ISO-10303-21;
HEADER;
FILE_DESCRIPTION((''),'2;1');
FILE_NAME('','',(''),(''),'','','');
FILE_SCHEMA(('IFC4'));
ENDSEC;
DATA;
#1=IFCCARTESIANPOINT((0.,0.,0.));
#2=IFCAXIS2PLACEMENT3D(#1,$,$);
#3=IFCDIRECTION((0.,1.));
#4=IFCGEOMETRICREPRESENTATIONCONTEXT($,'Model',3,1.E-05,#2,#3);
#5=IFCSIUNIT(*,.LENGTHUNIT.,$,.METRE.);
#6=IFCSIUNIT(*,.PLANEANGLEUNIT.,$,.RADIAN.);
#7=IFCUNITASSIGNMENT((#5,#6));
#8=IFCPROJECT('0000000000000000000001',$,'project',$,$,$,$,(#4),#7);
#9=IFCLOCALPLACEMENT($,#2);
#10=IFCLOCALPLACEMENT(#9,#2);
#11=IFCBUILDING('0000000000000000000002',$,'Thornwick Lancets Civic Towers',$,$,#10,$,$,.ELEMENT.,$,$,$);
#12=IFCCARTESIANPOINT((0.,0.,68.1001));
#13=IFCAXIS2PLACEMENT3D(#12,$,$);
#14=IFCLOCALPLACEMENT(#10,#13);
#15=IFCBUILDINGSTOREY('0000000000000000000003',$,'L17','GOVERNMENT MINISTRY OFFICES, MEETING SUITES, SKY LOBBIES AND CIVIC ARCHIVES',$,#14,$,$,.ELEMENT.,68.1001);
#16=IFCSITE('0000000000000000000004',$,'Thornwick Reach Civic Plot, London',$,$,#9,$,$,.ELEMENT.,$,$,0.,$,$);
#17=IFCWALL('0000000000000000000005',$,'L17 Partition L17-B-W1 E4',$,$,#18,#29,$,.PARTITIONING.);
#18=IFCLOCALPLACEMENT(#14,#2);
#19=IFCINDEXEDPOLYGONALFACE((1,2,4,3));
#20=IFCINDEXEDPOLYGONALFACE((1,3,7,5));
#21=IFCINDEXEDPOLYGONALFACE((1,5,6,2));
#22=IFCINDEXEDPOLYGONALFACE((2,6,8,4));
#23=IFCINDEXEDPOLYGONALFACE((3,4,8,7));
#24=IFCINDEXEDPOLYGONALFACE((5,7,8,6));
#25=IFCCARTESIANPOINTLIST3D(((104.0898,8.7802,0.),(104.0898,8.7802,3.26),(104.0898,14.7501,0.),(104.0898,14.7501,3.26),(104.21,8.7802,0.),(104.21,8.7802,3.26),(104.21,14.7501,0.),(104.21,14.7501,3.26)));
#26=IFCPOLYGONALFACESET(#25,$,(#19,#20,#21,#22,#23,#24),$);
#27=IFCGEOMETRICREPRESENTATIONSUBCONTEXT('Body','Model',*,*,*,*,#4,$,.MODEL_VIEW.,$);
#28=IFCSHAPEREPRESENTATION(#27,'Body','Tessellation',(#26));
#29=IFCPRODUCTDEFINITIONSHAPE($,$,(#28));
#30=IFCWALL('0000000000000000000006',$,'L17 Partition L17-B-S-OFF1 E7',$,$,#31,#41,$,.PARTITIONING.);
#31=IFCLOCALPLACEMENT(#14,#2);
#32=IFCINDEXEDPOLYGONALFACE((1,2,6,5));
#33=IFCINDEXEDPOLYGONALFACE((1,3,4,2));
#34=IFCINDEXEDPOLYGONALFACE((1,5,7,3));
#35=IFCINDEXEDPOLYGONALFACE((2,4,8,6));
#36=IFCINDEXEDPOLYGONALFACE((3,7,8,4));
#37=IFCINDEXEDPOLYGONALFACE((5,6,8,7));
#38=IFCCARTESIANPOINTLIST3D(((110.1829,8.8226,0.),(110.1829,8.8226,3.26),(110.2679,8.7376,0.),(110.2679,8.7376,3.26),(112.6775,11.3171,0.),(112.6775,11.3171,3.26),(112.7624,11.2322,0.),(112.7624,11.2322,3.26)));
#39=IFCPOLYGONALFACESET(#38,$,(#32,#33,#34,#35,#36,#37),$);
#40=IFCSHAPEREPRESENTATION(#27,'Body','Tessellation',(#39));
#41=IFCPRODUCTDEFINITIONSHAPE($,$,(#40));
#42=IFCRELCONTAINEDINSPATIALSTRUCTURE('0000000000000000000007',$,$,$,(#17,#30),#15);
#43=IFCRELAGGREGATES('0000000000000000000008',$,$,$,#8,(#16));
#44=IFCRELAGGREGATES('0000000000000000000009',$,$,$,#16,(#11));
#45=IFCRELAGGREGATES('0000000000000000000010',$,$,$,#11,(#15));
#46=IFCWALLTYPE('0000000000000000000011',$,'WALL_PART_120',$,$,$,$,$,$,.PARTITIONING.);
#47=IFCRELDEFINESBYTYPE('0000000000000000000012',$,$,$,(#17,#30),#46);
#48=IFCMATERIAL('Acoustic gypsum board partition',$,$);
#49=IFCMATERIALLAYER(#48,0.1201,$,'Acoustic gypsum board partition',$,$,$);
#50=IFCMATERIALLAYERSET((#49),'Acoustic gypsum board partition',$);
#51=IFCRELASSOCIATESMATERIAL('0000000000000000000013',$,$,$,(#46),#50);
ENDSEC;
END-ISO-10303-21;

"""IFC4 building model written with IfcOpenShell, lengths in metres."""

from ifc_helpers import new_model, si_unit, direction, frame, frame_2d, origin, place, context, subcontext, project, spatial, rectangle, extrude, material, layer, layer_set, type_object, element, save


model = new_model("IFC4")

# Units and contexts
model_context = context("Model", 3, precision=1e-05, world=origin(), true_north=direction((0.0, 1.0)))
body_context = subcontext(model_context, "Body", "Model", "MODEL_VIEW")
ifc_project = project(units=[si_unit("LENGTHUNIT", "METRE"), si_unit("PLANEANGLEUNIT", "RADIAN")], contexts=[model_context])

# Site, building, storey
site_placement = place(None, origin())
site = spatial("IfcSite", under=ifc_project, at=site_placement, Name="Thornwick Reach Civic Plot, London", CompositionType="ELEMENT", RefElevation=0.0)
building_placement = place(site_placement, origin())
building = spatial("IfcBuilding", under=site, at=building_placement, Name="Thornwick Lancets Civic Towers", CompositionType="ELEMENT")
storey_placement = place(building_placement, frame((0.0, 0.0, 68.1001)))
storey = spatial("IfcBuildingStorey", under=building, at=storey_placement, Name="L17", Description="GOVERNMENT MINISTRY OFFICES, MEETING SUITES, SKY LOBBIES AND CIVIC ARCHIVES", CompositionType="ELEMENT", Elevation=68.1001)

# Walls
ifc_material_1 = material(Name="Acoustic gypsum board partition")
ifc_layer_1 = layer(ifc_material_1, 0.1201, Name="Acoustic gypsum board partition")
ifc_layer_set_1 = layer_set([ifc_layer_1], Name="Acoustic gypsum board partition")
wall_type_1 = type_object("IfcWallType", Name="WALL_PART_120", PredefinedType="PARTITIONING", material=ifc_layer_set_1)
wall_1_placement = place(storey_placement, frame((104.1499, 14.75, 0.0), z_axis=(0.0, 0.0, 1.0), x_axis=(0.0, -1.0, 0.0)))
element("IfcWall", 1, at=wall_1_placement, inside=storey, type_object=wall_type_1, Name="L17 Partition L17-B-W1 E4", PredefinedType="PARTITIONING", context=body_context, shape_type="SweptSolid", body=[
    extrude(rectangle(XDim=5.97, YDim=0.1201, at=frame_2d((2.9849, 0.0))), origin(), (0.0, 0.0, 1.0), 3.26),
])
wall_2_placement = place(storey_placement, frame((112.72, 11.2747, 0.0), z_axis=(0.0, 0.0, 1.0), x_axis=(-0.707107, -0.707107, 0.0)))
element("IfcWall", 2, at=wall_2_placement, inside=storey, type_object=wall_type_1, Name="L17 Partition L17-B-S-OFF1 E7", PredefinedType="PARTITIONING", context=body_context, shape_type="SweptSolid", body=[
    extrude(rectangle(XDim=3.5278, YDim=0.1201, at=frame_2d((1.7639, 0.0))), origin(), (0.0, 0.0, 1.0), 3.26),
])

save(model, "model.ifc")
